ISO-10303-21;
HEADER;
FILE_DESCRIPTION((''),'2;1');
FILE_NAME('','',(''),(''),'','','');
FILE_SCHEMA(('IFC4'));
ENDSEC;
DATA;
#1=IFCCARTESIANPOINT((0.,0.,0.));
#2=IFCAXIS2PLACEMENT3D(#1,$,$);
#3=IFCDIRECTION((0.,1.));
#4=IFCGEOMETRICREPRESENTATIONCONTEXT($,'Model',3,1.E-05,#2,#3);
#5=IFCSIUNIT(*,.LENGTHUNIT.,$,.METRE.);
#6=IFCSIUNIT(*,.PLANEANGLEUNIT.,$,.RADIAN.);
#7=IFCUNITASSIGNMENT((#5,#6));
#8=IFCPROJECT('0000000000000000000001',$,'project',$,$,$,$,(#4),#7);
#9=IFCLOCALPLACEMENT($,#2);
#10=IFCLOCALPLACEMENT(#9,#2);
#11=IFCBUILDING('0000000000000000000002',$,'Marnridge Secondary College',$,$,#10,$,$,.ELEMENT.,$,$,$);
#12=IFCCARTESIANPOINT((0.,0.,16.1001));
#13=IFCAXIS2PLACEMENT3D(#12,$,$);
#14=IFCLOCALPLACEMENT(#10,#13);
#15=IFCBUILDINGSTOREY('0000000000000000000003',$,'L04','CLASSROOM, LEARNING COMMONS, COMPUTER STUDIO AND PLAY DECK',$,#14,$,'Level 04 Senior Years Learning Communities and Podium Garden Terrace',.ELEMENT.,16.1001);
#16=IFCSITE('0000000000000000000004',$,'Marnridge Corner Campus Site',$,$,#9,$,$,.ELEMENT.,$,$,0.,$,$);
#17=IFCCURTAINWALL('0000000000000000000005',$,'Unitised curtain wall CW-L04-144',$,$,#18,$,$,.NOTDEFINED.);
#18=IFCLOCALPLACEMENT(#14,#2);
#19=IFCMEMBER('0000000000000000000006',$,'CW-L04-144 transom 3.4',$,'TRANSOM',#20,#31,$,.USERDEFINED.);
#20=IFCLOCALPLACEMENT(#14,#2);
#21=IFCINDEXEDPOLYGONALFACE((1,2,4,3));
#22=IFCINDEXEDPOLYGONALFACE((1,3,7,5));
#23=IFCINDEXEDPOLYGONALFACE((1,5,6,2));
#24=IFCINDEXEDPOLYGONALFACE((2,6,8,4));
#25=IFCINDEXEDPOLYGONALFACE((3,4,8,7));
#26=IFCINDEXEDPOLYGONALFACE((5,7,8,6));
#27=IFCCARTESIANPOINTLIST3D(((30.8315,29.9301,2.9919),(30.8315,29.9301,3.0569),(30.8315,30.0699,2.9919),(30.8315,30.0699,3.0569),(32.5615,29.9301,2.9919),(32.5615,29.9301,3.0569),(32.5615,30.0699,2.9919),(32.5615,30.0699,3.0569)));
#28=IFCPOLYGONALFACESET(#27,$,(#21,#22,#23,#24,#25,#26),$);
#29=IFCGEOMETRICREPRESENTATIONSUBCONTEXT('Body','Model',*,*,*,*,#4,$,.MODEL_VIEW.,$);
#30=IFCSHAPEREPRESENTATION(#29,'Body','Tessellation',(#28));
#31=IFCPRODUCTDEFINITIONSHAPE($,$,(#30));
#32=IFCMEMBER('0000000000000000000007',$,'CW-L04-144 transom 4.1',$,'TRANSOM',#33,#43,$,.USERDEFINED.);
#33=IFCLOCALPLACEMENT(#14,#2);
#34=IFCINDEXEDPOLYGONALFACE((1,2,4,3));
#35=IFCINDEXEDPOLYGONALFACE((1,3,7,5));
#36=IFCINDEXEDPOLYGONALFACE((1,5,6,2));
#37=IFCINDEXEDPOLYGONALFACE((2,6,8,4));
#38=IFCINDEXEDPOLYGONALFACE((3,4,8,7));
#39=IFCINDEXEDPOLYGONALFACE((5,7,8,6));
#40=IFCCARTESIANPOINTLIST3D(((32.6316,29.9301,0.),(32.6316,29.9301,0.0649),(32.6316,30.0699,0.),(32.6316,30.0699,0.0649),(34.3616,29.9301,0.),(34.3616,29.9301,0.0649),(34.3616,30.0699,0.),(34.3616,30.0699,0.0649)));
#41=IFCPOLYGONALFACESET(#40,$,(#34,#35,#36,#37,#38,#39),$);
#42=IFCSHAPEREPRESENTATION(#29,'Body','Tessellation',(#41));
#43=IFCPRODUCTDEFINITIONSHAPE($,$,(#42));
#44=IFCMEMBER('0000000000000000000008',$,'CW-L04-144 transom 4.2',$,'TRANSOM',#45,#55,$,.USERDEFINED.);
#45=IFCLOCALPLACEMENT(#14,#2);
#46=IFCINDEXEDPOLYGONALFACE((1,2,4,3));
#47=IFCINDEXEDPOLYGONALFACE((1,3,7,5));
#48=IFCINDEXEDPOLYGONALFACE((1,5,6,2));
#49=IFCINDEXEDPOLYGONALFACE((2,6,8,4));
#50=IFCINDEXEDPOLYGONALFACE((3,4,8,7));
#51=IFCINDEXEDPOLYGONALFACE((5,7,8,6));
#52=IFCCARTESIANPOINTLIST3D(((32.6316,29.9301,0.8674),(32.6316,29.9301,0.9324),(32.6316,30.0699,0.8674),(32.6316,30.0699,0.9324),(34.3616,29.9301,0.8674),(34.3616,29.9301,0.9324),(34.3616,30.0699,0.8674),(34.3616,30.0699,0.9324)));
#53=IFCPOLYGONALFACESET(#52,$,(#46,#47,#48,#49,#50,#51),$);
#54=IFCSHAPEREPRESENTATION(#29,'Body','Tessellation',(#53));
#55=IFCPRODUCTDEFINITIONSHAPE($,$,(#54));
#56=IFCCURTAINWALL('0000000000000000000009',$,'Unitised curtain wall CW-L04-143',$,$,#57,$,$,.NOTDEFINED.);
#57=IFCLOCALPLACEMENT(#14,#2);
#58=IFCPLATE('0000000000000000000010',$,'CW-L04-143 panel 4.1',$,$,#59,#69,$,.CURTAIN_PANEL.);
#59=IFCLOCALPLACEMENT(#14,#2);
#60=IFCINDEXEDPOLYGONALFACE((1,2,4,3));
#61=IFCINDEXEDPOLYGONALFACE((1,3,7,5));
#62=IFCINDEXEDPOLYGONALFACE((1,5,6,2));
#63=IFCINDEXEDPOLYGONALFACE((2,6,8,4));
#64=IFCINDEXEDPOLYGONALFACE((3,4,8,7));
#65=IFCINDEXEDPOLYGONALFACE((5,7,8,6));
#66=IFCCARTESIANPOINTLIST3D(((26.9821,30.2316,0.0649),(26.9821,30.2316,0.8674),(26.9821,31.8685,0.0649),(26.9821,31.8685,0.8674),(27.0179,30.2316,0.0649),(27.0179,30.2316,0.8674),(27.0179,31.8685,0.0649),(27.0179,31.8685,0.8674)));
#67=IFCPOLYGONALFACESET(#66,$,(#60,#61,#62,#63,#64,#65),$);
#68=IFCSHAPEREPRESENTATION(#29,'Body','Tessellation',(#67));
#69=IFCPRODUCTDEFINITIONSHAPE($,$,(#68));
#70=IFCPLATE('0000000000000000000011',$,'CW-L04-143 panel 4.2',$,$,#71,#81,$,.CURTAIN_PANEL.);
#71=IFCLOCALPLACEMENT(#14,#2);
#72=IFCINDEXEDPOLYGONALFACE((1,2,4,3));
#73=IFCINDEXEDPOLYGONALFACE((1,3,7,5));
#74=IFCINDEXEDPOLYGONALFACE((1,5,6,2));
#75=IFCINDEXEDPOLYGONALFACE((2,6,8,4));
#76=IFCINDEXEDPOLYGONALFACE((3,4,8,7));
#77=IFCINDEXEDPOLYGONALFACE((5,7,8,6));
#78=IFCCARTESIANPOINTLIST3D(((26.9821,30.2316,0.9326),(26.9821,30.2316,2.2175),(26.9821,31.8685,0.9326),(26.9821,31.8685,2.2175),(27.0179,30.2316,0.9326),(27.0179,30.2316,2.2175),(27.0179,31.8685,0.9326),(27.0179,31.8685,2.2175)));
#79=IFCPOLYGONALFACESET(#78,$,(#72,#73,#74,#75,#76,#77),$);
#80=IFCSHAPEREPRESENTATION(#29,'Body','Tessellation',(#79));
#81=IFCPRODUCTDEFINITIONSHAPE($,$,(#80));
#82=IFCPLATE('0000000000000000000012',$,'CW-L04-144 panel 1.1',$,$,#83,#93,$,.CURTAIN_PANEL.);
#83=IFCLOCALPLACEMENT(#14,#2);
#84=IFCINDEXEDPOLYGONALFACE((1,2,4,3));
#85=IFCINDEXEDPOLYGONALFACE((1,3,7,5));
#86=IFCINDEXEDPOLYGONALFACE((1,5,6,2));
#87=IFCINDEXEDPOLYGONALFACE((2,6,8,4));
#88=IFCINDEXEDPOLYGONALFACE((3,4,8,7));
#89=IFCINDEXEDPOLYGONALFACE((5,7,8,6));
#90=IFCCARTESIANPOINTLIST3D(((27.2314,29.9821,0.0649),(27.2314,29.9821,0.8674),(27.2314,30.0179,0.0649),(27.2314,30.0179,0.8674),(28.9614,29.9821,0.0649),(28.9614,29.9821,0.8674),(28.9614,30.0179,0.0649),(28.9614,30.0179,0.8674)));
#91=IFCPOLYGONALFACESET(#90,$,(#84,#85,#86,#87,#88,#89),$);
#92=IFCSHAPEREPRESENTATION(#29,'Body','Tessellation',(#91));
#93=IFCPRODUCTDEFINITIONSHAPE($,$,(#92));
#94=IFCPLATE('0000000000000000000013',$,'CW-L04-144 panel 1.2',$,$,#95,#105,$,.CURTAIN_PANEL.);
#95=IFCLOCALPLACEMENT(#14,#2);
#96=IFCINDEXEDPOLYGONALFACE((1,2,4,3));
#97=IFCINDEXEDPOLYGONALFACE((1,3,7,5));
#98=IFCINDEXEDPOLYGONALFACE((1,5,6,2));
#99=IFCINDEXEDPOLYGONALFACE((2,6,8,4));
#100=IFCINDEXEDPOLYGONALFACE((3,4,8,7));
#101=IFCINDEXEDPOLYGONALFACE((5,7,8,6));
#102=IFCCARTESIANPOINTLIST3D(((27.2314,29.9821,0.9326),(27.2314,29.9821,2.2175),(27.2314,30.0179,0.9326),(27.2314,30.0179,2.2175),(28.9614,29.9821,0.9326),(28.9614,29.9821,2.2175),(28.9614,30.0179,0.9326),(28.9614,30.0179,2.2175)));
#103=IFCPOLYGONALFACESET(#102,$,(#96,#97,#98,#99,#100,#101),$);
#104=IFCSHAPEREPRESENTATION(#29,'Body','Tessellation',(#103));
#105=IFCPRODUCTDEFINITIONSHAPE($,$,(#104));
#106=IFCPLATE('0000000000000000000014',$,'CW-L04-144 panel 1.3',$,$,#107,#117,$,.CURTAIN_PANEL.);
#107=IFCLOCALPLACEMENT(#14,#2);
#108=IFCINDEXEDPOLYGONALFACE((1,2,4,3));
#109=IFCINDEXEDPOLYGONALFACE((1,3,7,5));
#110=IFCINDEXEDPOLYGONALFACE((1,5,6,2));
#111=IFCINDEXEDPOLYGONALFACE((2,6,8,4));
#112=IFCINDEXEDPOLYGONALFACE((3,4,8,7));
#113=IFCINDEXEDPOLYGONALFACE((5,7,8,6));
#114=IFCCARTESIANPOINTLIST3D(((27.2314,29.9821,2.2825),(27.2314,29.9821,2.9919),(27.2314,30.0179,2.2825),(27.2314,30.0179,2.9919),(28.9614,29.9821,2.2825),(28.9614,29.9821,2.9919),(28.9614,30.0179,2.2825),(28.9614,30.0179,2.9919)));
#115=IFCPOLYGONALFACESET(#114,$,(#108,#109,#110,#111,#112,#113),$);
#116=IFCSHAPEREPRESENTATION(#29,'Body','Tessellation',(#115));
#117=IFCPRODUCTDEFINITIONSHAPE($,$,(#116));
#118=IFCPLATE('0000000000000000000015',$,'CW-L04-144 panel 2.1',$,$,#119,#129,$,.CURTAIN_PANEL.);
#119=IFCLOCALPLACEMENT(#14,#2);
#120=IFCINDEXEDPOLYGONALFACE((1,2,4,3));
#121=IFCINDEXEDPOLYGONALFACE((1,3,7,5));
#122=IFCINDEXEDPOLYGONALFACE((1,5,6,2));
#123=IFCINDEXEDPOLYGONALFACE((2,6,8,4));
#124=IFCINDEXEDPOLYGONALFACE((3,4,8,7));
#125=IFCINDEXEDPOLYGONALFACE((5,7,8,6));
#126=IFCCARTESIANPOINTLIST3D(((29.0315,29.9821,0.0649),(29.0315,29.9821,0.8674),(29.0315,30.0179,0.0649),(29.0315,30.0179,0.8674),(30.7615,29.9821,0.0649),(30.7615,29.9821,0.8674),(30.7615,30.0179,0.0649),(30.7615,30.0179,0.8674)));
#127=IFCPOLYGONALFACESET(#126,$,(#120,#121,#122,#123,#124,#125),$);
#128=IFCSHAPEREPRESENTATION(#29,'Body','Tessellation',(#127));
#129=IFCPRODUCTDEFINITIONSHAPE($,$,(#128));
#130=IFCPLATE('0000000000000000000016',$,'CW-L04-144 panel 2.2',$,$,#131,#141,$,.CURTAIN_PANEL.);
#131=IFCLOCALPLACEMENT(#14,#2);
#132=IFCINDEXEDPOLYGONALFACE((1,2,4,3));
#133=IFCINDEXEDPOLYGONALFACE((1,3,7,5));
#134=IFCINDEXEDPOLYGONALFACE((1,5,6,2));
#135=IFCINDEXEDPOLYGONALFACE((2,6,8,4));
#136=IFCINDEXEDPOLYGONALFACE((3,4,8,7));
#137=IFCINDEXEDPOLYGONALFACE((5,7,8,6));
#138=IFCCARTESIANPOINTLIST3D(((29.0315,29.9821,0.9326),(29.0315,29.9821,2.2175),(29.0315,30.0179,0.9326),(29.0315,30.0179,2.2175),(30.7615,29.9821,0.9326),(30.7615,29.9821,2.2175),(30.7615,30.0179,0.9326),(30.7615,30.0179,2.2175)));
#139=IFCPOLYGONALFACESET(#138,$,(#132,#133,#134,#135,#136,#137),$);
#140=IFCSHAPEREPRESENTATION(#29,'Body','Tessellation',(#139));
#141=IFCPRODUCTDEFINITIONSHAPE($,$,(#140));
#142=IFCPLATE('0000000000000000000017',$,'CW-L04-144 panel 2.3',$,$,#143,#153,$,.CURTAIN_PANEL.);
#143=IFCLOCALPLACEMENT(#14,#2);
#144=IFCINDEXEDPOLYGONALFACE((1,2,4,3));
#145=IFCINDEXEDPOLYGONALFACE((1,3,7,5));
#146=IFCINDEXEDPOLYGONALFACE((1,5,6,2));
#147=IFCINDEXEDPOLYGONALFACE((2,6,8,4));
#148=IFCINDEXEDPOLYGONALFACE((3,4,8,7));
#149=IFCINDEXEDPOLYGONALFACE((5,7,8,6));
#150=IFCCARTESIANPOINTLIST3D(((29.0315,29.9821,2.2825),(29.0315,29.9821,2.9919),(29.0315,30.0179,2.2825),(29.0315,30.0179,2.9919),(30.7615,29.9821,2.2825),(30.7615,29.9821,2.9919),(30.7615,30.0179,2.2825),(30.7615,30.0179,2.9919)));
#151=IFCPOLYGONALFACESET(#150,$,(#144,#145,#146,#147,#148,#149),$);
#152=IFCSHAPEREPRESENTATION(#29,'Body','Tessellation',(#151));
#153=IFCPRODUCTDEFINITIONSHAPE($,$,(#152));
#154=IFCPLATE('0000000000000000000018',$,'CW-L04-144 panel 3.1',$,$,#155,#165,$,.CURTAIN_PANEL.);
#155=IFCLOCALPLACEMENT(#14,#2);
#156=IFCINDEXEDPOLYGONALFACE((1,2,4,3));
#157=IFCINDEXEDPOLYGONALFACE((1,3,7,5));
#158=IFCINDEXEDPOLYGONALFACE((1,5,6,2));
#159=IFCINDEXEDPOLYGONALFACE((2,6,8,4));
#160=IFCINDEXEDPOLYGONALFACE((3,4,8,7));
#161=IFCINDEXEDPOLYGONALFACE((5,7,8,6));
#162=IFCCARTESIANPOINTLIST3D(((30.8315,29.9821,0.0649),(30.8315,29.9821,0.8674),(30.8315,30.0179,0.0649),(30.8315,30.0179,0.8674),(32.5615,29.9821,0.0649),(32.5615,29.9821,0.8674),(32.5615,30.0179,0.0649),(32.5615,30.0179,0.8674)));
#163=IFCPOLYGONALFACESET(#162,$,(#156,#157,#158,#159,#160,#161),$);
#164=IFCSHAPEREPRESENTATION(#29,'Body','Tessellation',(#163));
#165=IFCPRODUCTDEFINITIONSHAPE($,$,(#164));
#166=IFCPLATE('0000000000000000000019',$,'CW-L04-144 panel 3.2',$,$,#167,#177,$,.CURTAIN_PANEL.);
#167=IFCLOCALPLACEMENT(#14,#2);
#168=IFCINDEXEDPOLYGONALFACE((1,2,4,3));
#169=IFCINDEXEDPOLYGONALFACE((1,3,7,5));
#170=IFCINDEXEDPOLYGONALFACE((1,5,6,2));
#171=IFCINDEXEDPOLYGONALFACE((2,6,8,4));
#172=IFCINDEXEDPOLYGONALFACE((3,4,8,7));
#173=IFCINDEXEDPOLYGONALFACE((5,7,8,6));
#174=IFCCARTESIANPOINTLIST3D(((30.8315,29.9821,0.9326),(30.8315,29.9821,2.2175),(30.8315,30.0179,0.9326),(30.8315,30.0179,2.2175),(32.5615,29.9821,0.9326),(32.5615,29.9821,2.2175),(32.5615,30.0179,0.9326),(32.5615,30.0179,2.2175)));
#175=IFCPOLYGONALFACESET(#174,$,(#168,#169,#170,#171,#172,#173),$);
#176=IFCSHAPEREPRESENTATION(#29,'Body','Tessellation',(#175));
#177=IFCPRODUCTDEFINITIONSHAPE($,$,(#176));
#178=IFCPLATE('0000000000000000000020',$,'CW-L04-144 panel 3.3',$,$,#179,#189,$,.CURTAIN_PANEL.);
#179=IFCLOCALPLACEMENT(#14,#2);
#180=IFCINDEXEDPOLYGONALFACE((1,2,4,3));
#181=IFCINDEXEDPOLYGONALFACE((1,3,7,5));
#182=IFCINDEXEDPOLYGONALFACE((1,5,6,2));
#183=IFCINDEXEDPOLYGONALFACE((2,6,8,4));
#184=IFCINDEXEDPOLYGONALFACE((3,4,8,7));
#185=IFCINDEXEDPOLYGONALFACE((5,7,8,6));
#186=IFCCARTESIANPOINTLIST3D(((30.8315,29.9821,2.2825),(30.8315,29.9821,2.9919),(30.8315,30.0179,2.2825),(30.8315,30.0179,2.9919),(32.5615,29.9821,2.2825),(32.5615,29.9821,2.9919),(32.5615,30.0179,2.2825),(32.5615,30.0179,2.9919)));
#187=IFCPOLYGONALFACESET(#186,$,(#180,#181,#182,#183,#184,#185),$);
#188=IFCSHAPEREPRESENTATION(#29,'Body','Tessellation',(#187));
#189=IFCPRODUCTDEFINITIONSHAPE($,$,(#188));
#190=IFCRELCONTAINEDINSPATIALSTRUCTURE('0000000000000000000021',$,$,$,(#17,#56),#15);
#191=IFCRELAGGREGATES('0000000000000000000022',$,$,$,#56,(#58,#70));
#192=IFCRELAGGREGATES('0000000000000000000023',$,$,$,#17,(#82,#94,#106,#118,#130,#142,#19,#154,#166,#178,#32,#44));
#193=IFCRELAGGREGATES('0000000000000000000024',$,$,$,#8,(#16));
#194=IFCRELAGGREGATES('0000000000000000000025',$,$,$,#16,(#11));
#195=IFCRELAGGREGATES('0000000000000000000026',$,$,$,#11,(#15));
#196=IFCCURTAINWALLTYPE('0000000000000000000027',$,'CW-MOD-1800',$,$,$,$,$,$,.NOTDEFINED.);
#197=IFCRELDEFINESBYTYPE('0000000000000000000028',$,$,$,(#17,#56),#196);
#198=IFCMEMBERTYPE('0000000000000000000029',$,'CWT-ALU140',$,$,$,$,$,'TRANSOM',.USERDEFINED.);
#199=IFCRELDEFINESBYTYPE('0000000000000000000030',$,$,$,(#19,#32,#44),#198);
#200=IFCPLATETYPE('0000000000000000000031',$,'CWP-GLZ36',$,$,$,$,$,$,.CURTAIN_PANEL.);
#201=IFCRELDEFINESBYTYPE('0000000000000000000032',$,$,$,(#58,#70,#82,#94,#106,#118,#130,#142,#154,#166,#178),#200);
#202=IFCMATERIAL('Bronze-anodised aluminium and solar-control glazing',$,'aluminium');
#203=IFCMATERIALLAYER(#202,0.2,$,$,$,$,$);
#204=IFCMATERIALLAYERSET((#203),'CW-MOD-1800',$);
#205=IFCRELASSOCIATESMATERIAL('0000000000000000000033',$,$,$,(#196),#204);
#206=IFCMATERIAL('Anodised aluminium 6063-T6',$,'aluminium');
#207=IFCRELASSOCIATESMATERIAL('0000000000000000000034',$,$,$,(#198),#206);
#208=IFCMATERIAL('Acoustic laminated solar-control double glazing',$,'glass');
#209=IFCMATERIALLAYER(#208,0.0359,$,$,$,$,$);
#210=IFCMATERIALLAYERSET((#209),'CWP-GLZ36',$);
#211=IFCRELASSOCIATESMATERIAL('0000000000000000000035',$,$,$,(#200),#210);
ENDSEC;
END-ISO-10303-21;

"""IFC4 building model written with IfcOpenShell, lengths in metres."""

from ifc_helpers import new_model, si_unit, direction, frame, origin, origin_2d, place, context, subcontext, project, spatial, rectangle, extrude, material, layer, layer_set, material_profile, profile_set, type_object, element, aggregate, save


model = new_model("IFC4")

# Units and contexts
model_context = context("Model", 3, precision=1e-05, world=origin(), true_north=direction((0.0, 1.0)))
body_context = subcontext(model_context, "Body", "Model", "MODEL_VIEW")
ifc_project = project(units=[si_unit("LENGTHUNIT", "METRE"), si_unit("PLANEANGLEUNIT", "RADIAN")], contexts=[model_context])

# Site, building, storey
site_placement = place(None, origin())
site = spatial("IfcSite", under=ifc_project, at=site_placement, Name="Marnridge Corner Campus Site", CompositionType="ELEMENT", RefElevation=0.0)
building_placement = place(site_placement, origin())
building = spatial("IfcBuilding", under=site, at=building_placement, Name="Marnridge Secondary College", CompositionType="ELEMENT")
storey_placement = place(building_placement, frame((0.0, 0.0, 16.1001)))
storey = spatial("IfcBuildingStorey", under=building, at=storey_placement, Name="L04", Description="CLASSROOM, LEARNING COMMONS, COMPUTER STUDIO AND PLAY DECK", LongName="Level 04 Senior Years Learning Communities and Podium Garden Terrace", CompositionType="ELEMENT", Elevation=16.1001)

# Curtain wall, members
ifc_material_1 = material(Name="Bronze-anodised aluminium and solar-control glazing", Category="aluminium")
ifc_layer_1 = layer(ifc_material_1, 0.2)
ifc_layer_set_1 = layer_set([ifc_layer_1], Name="CW-MOD-1800")
curtain_wall_type = type_object("IfcCurtainWallType", Name="CW-MOD-1800", PredefinedType="NOTDEFINED", material=ifc_layer_set_1)
curtain_wall_1_placement = place(storey_placement, origin())
curtain_wall_1 = element("IfcCurtainWall", 1, at=curtain_wall_1_placement, inside=storey, type_object=curtain_wall_type, Name="Unitised curtain wall CW-L04-144", PredefinedType="NOTDEFINED")
ifc_material_2 = material(Name="Anodised aluminium 6063-T6", Category="aluminium")
ifc_material_profile_1 = material_profile(ifc_material_2, rectangle(XDim=0.0649, YDim=0.1399, at=origin_2d()), Name="ALU 65x140")
ifc_profile_set_1 = profile_set([ifc_material_profile_1], Name="Anodised aluminium 6063-T6")
member_type_1 = type_object("IfcMemberType", Name="CWT-ALU140", ElementType="TRANSOM", PredefinedType="USERDEFINED", material=ifc_profile_set_1)
member_1_placement = place(storey_placement, frame((30.8315, 30.0, 3.0244), z_axis=(1.0, 0.0, 0.0), x_axis=(0.0, 0.0, 1.0)))
member_1 = element("IfcMember", 2, at=member_1_placement, type_object=member_type_1, Name="CW-L04-144 transom 3.4", ObjectType="TRANSOM", PredefinedType="USERDEFINED", context=body_context, shape_type="SweptSolid", body=[
    extrude(rectangle(XDim=0.0649, YDim=0.1399, at=origin_2d()), origin(), (0.0, 0.0, 1.0), 1.73),
])
member_2_placement = place(storey_placement, frame((32.6316, 30.0, 0.0325), z_axis=(1.0, 0.0, 0.0), x_axis=(0.0, 0.0, 1.0)))
member_2 = element("IfcMember", 3, at=member_2_placement, type_object=member_type_1, Name="CW-L04-144 transom 4.1", ObjectType="TRANSOM", PredefinedType="USERDEFINED", context=body_context, shape_type="SweptSolid", body=[
    extrude(rectangle(XDim=0.0649, YDim=0.1399, at=origin_2d()), origin(), (0.0, 0.0, 1.0), 1.73),
])
member_3_placement = place(storey_placement, frame((32.6316, 30.0, 0.8999), z_axis=(1.0, 0.0, 0.0), x_axis=(0.0, 0.0, 1.0)))
member_3 = element("IfcMember", 4, at=member_3_placement, type_object=member_type_1, Name="CW-L04-144 transom 4.2", ObjectType="TRANSOM", PredefinedType="USERDEFINED", context=body_context, shape_type="SweptSolid", body=[
    extrude(rectangle(XDim=0.0649, YDim=0.1399, at=origin_2d()), origin(), (0.0, 0.0, 1.0), 1.73),
])

# Curtain wall, plates
curtain_wall_2_placement = place(storey_placement, origin())
curtain_wall_2 = element("IfcCurtainWall", 5, at=curtain_wall_2_placement, inside=storey, type_object=curtain_wall_type, Name="Unitised curtain wall CW-L04-143", PredefinedType="NOTDEFINED")
ifc_material_3 = material(Name="Acoustic laminated solar-control double glazing", Category="glass")
ifc_layer_2 = layer(ifc_material_3, 0.0359)
ifc_layer_set_2 = layer_set([ifc_layer_2], Name="CWP-GLZ36")
plate_type = type_object("IfcPlateType", Name="CWP-GLZ36", PredefinedType="CURTAIN_PANEL", material=ifc_layer_set_2)
plate_1_placement = place(storey_placement, frame((27.0, 31.05, 0.0649), z_axis=(0.0, 0.0, 1.0), x_axis=(0.0, -1.0, 0.0)))
plate_1 = element("IfcPlate", 6, at=plate_1_placement, type_object=plate_type, Name="CW-L04-143 panel 4.1", PredefinedType="CURTAIN_PANEL", context=body_context, shape_type="SweptSolid", body=[
    extrude(rectangle(XDim=1.637, YDim=0.0359, at=origin_2d()), origin(), (0.0, 0.0, 1.0), 0.8025),
])
plate_2_placement = place(storey_placement, frame((27.0, 31.05, 0.9326), z_axis=(0.0, 0.0, 1.0), x_axis=(0.0, -1.0, 0.0)))
plate_2 = element("IfcPlate", 7, at=plate_2_placement, type_object=plate_type, Name="CW-L04-143 panel 4.2", PredefinedType="CURTAIN_PANEL", context=body_context, shape_type="SweptSolid", body=[
    extrude(rectangle(XDim=1.637, YDim=0.0359, at=origin_2d()), origin(), (0.0, 0.0, 1.0), 1.2849),
])
aggregate(curtain_wall_2, [plate_1, plate_2])

# Plates
plate_3_placement = place(storey_placement, frame((28.0964, 30.0, 0.0649), z_axis=(0.0, 0.0, 1.0), x_axis=(1.0, 0.0, 0.0)))
plate_3 = element("IfcPlate", 8, at=plate_3_placement, type_object=plate_type, Name="CW-L04-144 panel 1.1", PredefinedType="CURTAIN_PANEL", context=body_context, shape_type="SweptSolid", body=[
    extrude(rectangle(XDim=1.73, YDim=0.0359, at=origin_2d()), origin(), (0.0, 0.0, 1.0), 0.8025),
])
plate_4_placement = place(storey_placement, frame((28.0964, 30.0, 0.9326), z_axis=(0.0, 0.0, 1.0), x_axis=(1.0, 0.0, 0.0)))
plate_4 = element("IfcPlate", 9, at=plate_4_placement, type_object=plate_type, Name="CW-L04-144 panel 1.2", PredefinedType="CURTAIN_PANEL", context=body_context, shape_type="SweptSolid", body=[
    extrude(rectangle(XDim=1.73, YDim=0.0359, at=origin_2d()), origin(), (0.0, 0.0, 1.0), 1.2849),
])
plate_5_placement = place(storey_placement, frame((28.0964, 30.0, 2.2825), z_axis=(0.0, 0.0, 1.0), x_axis=(1.0, 0.0, 0.0)))
plate_5 = element("IfcPlate", 10, at=plate_5_placement, type_object=plate_type, Name="CW-L04-144 panel 1.3", PredefinedType="CURTAIN_PANEL", context=body_context, shape_type="SweptSolid", body=[
    extrude(rectangle(XDim=1.73, YDim=0.0359, at=origin_2d()), origin(), (0.0, 0.0, 1.0), 0.7095),
])
plate_6_placement = place(storey_placement, frame((29.8965, 30.0, 0.0649), z_axis=(0.0, 0.0, 1.0), x_axis=(1.0, 0.0, 0.0)))
plate_6 = element("IfcPlate", 11, at=plate_6_placement, type_object=plate_type, Name="CW-L04-144 panel 2.1", PredefinedType="CURTAIN_PANEL", context=body_context, shape_type="SweptSolid", body=[
    extrude(rectangle(XDim=1.73, YDim=0.0359, at=origin_2d()), origin(), (0.0, 0.0, 1.0), 0.8025),
])
plate_7_placement = place(storey_placement, frame((29.8965, 30.0, 0.9326), z_axis=(0.0, 0.0, 1.0), x_axis=(1.0, 0.0, 0.0)))
plate_7 = element("IfcPlate", 12, at=plate_7_placement, type_object=plate_type, Name="CW-L04-144 panel 2.2", PredefinedType="CURTAIN_PANEL", context=body_context, shape_type="SweptSolid", body=[
    extrude(rectangle(XDim=1.73, YDim=0.0359, at=origin_2d()), origin(), (0.0, 0.0, 1.0), 1.2849),
])
plate_8_placement = place(storey_placement, frame((29.8965, 30.0, 2.2825), z_axis=(0.0, 0.0, 1.0), x_axis=(1.0, 0.0, 0.0)))
plate_8 = element("IfcPlate", 13, at=plate_8_placement, type_object=plate_type, Name="CW-L04-144 panel 2.3", PredefinedType="CURTAIN_PANEL", context=body_context, shape_type="SweptSolid", body=[
    extrude(rectangle(XDim=1.73, YDim=0.0359, at=origin_2d()), origin(), (0.0, 0.0, 1.0), 0.7095),
])
plate_9_placement = place(storey_placement, frame((31.6965, 30.0, 0.0649), z_axis=(0.0, 0.0, 1.0), x_axis=(1.0, 0.0, 0.0)))
plate_9 = element("IfcPlate", 14, at=plate_9_placement, type_object=plate_type, Name="CW-L04-144 panel 3.1", PredefinedType="CURTAIN_PANEL", context=body_context, shape_type="SweptSolid", body=[
    extrude(rectangle(XDim=1.73, YDim=0.0359, at=origin_2d()), origin(), (0.0, 0.0, 1.0), 0.8025),
])
plate_10_placement = place(storey_placement, frame((31.6965, 30.0, 0.9326), z_axis=(0.0, 0.0, 1.0), x_axis=(1.0, 0.0, 0.0)))
plate_10 = element("IfcPlate", 15, at=plate_10_placement, type_object=plate_type, Name="CW-L04-144 panel 3.2", PredefinedType="CURTAIN_PANEL", context=body_context, shape_type="SweptSolid", body=[
    extrude(rectangle(XDim=1.73, YDim=0.0359, at=origin_2d()), origin(), (0.0, 0.0, 1.0), 1.2849),
])
plate_11_placement = place(storey_placement, frame((31.6965, 30.0, 2.2825), z_axis=(0.0, 0.0, 1.0), x_axis=(1.0, 0.0, 0.0)))
plate_11 = element("IfcPlate", 16, at=plate_11_placement, type_object=plate_type, Name="CW-L04-144 panel 3.3", PredefinedType="CURTAIN_PANEL", context=body_context, shape_type="SweptSolid", body=[
    extrude(rectangle(XDim=1.73, YDim=0.0359, at=origin_2d()), origin(), (0.0, 0.0, 1.0), 0.7095),
])
aggregate(curtain_wall_1, [plate_3, plate_4, plate_5, plate_6, plate_7, plate_8, member_1, plate_9, plate_10, plate_11, member_2, member_3])

save(model, "model.ifc")
